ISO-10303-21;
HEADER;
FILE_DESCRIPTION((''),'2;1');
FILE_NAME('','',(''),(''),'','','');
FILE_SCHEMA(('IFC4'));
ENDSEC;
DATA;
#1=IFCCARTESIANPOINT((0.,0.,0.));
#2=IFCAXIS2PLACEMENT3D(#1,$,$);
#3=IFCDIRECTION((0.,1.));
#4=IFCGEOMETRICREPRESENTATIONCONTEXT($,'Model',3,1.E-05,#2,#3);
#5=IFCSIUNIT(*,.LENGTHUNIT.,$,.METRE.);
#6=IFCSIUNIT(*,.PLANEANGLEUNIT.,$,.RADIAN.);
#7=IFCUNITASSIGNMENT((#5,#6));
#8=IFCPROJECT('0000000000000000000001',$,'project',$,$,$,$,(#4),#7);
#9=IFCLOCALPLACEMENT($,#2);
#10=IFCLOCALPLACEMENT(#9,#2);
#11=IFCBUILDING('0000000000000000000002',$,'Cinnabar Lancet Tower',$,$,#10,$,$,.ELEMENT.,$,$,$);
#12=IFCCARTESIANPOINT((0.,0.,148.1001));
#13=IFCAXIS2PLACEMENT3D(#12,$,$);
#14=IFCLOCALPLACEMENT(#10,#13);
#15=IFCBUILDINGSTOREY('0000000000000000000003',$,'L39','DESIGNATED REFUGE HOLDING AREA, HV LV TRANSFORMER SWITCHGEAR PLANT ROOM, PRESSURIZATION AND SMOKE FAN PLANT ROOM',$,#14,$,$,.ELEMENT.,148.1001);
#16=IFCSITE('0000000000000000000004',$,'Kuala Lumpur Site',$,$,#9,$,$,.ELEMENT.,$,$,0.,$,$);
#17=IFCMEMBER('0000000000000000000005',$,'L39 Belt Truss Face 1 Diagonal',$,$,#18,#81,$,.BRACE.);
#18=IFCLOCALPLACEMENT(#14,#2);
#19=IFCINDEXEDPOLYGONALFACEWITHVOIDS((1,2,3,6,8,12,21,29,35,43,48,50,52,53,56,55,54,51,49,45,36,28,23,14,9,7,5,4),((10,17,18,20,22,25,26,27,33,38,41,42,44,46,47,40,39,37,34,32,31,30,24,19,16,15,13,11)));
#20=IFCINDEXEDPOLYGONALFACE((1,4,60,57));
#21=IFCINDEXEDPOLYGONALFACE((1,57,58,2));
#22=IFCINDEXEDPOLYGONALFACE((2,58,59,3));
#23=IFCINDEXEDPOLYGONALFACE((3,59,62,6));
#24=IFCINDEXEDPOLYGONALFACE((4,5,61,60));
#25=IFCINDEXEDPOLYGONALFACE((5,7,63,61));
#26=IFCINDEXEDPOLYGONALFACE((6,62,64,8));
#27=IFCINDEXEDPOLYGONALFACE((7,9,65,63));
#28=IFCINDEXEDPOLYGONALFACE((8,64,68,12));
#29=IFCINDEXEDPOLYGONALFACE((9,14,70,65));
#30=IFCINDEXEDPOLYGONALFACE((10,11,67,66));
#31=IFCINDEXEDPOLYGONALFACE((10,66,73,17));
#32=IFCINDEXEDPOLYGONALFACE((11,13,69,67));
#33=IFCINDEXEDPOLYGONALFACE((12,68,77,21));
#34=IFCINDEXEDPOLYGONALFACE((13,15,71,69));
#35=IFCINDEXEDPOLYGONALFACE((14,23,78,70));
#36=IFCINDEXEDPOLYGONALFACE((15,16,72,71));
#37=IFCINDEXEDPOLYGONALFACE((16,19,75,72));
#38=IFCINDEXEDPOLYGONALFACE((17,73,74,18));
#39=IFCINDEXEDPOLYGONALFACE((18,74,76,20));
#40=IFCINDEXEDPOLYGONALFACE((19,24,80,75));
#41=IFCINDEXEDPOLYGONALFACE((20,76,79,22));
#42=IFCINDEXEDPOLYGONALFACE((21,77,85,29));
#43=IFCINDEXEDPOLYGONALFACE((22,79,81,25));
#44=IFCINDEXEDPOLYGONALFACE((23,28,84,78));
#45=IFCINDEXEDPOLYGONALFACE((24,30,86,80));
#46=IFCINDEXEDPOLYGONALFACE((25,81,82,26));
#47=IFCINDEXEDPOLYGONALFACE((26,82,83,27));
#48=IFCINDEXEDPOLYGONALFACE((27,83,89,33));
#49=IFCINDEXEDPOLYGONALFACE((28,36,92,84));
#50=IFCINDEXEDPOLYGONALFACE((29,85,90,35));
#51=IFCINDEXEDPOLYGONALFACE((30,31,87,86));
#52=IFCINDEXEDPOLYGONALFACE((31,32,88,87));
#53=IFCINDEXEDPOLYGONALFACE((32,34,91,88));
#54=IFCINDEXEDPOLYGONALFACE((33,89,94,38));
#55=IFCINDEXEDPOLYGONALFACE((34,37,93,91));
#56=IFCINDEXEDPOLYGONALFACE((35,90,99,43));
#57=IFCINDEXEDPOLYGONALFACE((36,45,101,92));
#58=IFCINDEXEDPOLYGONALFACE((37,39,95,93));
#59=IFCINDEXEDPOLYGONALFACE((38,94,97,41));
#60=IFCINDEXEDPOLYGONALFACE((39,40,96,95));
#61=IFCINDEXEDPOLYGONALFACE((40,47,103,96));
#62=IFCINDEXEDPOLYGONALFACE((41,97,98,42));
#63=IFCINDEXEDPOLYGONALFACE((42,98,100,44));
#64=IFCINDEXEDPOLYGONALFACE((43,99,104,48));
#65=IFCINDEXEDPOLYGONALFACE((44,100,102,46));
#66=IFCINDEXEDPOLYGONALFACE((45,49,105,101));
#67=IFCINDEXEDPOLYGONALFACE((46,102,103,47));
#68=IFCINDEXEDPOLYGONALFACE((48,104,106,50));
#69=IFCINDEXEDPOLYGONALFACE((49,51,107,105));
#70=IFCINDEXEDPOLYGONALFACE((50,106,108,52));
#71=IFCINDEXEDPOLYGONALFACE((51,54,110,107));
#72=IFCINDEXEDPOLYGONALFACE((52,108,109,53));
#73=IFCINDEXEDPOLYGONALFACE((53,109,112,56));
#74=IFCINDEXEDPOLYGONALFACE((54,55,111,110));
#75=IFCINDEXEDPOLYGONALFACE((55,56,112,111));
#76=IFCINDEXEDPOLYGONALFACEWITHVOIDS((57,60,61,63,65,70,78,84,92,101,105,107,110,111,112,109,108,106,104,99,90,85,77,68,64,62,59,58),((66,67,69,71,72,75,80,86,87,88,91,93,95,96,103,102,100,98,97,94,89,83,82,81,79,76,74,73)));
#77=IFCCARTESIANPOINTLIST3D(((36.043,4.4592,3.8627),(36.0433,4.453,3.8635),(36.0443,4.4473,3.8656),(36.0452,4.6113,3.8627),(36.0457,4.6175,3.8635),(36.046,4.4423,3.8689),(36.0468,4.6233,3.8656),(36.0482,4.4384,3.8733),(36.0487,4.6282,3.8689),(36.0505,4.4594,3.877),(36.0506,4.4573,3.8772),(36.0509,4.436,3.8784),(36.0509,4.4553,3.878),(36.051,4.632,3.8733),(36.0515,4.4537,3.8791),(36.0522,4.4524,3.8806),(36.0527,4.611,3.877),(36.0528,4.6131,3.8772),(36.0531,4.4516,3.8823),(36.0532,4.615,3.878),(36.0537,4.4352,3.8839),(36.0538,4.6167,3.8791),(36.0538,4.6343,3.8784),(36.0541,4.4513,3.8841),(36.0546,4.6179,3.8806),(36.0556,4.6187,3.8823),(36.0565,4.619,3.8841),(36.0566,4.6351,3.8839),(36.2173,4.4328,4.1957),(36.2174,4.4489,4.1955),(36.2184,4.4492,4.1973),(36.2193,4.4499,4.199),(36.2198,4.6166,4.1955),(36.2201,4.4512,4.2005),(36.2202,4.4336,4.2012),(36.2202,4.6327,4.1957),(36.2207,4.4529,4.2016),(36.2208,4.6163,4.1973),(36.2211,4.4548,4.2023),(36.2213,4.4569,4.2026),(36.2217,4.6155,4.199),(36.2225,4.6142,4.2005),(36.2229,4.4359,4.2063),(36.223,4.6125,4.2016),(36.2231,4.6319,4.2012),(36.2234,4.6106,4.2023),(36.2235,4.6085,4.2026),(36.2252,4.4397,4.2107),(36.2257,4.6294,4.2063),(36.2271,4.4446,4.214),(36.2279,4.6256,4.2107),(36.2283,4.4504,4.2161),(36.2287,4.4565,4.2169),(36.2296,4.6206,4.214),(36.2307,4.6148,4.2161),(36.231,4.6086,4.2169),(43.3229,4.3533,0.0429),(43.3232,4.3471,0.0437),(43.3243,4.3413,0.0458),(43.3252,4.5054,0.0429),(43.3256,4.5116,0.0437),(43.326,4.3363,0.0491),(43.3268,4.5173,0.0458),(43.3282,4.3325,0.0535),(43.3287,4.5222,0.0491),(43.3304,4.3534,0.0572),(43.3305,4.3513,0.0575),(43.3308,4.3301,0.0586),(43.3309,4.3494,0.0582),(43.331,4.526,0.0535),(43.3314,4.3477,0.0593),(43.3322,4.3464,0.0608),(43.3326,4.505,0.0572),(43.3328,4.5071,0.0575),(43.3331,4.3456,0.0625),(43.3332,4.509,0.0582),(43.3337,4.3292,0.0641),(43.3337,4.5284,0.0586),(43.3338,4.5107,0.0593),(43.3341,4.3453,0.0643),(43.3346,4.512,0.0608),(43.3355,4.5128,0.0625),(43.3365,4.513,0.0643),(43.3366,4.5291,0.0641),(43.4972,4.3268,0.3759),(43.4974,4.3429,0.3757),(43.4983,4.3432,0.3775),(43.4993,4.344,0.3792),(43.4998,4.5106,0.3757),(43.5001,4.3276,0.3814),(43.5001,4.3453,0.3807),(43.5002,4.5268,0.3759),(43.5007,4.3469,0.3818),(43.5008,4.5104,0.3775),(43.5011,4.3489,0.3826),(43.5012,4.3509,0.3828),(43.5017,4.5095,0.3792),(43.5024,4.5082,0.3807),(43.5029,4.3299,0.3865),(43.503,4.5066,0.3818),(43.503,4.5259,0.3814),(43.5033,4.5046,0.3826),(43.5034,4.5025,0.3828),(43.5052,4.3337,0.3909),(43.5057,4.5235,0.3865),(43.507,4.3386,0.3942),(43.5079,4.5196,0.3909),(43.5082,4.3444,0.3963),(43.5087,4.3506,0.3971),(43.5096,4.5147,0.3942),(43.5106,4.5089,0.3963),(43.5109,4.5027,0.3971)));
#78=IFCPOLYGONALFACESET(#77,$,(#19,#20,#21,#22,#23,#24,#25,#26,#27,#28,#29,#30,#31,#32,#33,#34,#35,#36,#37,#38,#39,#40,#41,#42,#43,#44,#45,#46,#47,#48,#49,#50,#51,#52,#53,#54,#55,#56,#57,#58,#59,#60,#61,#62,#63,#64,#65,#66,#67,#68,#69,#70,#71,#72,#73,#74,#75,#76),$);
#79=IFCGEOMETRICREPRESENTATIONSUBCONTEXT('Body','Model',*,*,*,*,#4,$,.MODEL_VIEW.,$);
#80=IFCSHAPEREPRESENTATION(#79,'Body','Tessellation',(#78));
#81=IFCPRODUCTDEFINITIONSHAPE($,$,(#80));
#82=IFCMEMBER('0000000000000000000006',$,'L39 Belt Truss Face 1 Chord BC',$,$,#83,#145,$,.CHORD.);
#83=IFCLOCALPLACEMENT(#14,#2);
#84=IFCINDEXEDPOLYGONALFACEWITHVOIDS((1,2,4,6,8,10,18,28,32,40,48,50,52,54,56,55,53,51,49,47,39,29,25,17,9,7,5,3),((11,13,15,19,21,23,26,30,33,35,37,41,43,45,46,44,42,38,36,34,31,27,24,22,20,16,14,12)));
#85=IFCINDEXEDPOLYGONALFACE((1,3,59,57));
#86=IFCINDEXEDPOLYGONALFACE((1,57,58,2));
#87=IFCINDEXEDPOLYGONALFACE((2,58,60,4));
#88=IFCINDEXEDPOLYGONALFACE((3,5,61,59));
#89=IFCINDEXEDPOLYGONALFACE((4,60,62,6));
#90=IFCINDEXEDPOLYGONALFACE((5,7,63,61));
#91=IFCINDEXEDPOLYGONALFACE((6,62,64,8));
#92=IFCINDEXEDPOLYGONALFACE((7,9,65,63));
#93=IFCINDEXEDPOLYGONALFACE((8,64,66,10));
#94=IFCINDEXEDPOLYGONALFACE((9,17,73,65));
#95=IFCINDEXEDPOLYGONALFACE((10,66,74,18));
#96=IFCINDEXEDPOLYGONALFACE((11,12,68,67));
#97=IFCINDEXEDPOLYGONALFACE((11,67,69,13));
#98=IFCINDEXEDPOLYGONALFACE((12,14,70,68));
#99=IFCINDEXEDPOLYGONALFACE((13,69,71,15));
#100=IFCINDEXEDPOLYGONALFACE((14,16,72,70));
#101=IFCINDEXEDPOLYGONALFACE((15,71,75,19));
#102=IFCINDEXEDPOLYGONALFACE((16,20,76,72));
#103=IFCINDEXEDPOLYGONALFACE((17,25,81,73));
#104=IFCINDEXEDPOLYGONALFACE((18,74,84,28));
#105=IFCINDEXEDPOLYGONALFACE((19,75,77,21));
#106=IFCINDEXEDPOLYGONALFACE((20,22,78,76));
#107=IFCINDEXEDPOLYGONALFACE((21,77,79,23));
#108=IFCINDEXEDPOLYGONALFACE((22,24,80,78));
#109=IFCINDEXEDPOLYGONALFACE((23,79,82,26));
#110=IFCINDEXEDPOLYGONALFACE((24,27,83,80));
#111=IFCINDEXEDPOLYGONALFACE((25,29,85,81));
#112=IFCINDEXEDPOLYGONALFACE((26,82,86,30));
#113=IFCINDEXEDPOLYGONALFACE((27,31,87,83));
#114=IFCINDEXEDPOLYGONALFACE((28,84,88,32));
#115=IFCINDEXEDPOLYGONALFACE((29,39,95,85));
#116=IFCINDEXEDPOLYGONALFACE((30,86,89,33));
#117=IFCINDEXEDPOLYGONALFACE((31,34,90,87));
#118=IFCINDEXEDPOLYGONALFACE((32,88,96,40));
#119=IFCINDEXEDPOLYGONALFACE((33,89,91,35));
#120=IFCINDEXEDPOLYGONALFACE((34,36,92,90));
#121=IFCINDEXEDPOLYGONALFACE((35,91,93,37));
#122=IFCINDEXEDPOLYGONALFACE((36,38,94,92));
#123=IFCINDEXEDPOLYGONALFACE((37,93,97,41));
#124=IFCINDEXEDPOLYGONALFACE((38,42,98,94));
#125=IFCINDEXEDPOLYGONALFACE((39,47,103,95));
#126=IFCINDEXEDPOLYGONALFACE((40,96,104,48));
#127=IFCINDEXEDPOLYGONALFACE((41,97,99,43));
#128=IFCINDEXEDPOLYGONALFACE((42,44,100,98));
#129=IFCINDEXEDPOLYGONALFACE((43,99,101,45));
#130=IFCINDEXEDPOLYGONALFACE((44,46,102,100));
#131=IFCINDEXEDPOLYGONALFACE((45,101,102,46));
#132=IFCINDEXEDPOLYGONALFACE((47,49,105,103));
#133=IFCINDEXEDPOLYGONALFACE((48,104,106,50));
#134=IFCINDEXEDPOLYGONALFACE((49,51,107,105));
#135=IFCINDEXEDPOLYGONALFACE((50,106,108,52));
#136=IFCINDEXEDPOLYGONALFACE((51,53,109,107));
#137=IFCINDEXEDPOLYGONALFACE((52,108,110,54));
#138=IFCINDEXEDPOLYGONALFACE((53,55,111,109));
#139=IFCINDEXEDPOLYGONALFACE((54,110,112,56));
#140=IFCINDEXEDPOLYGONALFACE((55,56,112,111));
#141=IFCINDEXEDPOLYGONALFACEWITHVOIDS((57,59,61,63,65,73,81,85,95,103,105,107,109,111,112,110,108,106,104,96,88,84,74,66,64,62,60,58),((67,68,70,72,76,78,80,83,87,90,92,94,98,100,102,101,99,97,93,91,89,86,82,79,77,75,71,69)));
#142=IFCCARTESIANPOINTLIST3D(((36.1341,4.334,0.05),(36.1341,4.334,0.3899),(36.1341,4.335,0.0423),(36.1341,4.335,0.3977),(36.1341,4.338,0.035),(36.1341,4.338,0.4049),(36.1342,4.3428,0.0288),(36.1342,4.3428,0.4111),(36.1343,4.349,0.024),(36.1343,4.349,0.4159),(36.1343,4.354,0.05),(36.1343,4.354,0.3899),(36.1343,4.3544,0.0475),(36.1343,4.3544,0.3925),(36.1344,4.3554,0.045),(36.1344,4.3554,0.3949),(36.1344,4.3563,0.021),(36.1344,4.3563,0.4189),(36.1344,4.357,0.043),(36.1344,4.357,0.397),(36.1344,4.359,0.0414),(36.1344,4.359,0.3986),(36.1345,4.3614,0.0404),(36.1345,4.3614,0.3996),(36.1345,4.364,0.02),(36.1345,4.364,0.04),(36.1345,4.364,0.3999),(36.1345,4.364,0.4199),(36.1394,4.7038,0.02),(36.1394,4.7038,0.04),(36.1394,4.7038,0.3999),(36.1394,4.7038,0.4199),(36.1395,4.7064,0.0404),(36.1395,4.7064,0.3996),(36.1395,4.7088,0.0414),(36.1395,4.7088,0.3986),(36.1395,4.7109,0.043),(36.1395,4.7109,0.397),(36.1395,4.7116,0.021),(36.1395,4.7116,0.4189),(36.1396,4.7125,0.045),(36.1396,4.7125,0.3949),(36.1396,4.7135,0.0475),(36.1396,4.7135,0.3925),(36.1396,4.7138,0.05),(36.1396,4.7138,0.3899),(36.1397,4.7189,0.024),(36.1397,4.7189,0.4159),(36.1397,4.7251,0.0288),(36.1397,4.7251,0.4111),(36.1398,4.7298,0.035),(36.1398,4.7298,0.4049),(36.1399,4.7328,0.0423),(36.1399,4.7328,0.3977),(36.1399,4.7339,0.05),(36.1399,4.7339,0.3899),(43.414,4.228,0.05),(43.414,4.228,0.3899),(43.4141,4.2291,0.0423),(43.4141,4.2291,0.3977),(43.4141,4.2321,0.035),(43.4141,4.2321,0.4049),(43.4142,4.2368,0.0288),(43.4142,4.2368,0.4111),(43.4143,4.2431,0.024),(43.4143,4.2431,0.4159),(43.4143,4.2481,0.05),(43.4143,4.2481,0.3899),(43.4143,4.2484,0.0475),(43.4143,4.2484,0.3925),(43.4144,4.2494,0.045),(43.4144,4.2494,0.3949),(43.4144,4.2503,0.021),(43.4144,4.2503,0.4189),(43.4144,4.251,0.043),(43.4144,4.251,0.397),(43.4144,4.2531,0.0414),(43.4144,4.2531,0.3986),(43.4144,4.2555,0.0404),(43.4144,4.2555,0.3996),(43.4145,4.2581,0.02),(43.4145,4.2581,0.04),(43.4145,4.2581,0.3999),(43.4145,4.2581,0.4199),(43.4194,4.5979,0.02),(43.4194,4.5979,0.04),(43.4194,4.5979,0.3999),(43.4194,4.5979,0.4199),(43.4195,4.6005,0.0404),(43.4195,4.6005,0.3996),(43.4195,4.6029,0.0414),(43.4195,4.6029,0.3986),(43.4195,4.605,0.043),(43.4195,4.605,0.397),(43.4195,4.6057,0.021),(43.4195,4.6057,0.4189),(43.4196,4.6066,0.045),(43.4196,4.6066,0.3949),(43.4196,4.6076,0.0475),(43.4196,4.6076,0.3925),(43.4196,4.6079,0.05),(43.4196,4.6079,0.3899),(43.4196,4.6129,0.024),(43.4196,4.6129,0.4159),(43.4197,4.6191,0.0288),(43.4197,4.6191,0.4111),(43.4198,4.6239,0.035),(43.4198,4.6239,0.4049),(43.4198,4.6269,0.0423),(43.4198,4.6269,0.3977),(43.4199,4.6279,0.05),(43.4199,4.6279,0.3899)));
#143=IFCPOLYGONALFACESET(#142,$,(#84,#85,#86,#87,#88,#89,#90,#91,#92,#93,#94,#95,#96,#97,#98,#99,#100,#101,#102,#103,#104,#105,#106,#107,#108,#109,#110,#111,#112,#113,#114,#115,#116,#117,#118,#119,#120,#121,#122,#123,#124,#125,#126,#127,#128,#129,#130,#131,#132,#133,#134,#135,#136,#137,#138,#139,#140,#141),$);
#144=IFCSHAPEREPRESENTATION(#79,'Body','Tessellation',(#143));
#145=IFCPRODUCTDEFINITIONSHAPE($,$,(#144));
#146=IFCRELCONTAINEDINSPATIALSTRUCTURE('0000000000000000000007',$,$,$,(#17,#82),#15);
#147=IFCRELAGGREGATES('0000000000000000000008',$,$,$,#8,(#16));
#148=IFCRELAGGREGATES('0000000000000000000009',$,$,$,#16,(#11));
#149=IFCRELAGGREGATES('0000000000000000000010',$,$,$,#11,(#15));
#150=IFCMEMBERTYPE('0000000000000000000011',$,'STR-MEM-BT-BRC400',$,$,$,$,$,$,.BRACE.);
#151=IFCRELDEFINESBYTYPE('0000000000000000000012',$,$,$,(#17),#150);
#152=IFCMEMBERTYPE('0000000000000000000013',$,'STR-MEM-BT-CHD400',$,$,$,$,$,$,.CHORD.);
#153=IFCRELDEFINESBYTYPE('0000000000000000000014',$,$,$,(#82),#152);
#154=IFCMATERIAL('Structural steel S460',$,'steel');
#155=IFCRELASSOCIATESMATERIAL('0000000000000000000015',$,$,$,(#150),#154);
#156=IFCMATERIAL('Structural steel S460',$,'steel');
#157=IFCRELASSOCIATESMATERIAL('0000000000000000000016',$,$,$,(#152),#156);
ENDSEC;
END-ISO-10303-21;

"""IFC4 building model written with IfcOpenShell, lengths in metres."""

from ifc_helpers import new_model, si_unit, direction, frame, origin, origin_2d, place, context, subcontext, project, spatial, hollow_rectangle, extrude, material, material_profile, profile_set, type_object, element, save


model = new_model("IFC4")

# Units and contexts
model_context = context("Model", 3, precision=1e-05, world=origin(), true_north=direction((0.0, 1.0)))
body_context = subcontext(model_context, "Body", "Model", "MODEL_VIEW")
ifc_project = project(units=[si_unit("LENGTHUNIT", "METRE"), si_unit("PLANEANGLEUNIT", "RADIAN")], contexts=[model_context])

# Site, building, storey
site_placement = place(None, origin())
site = spatial("IfcSite", under=ifc_project, at=site_placement, Name="Kuala Lumpur Site", CompositionType="ELEMENT", RefElevation=0.0)
building_placement = place(site_placement, origin())
building = spatial("IfcBuilding", under=site, at=building_placement, Name="Cinnabar Lancet Tower", CompositionType="ELEMENT")
storey_placement = place(building_placement, frame((0.0, 0.0, 148.1001)))
storey = spatial("IfcBuildingStorey", under=building, at=storey_placement, Name="L39", Description="DESIGNATED REFUGE HOLDING AREA, HV LV TRANSFORMER SWITCHGEAR PLANT ROOM, PRESSURIZATION AND SMOKE FAN PLANT ROOM", CompositionType="ELEMENT", Elevation=148.1001)

# Members
ifc_material_1 = material(Name="Structural steel S460", Category="steel")
ifc_material_profile_1 = material_profile(ifc_material_1, hollow_rectangle(XDim=0.2, YDim=0.3999, WallThickness=0.0161, InnerFilletRadius=0.0081, OuterFilletRadius=0.0239, at=origin_2d()), Name="RHS 400x200x16")
ifc_profile_set_1 = profile_set([ifc_material_profile_1], Name="Structural steel S460")
member_type_1 = type_object("IfcMemberType", Name="STR-MEM-BT-BRC400", PredefinedType="BRACE", material=ifc_profile_set_1)
member_1_placement = place(storey_placement, frame((36.137, 4.5339, 4.0398), z_axis=(0.885434, -0.012887, -0.464586), x_axis=(0.014553, 0.999894, 0.0)))
element("IfcMember", 1, at=member_1_placement, inside=storey, type_object=member_type_1, Name="L39 Belt Truss Face 1 Diagonal", PredefinedType="BRACE", context=body_context, shape_type="SweptSolid", body=[
    extrude(hollow_rectangle(XDim=0.2, YDim=0.3999, WallThickness=0.0161, InnerFilletRadius=0.0081, OuterFilletRadius=0.0239, at=origin_2d()), origin(), (0.0, 0.0, 1.0), 8.2219),
])
ifc_material_2 = material(Name="Structural steel S460", Category="steel")
ifc_material_profile_2 = material_profile(ifc_material_2, hollow_rectangle(XDim=0.3999, YDim=0.3999, WallThickness=0.02, InnerFilletRadius=0.01, OuterFilletRadius=0.03, at=origin_2d()), Name="SHS 400x400x20")
ifc_profile_set_2 = profile_set([ifc_material_profile_2], Name="Structural steel S460")
member_type_2 = type_object("IfcMemberType", Name="STR-MEM-BT-CHD400", PredefinedType="CHORD", material=ifc_profile_set_2)
for number, where, z_axis, x_axis, name in (
    (2, (36.137, 4.5339, 0.22), (0.999894, -0.014553, 0.0), (0.014553, 0.999894, 0.0), "L39 Belt Truss Face 1 Chord BC"),
):
    element("IfcMember", number, at=place(storey_placement, frame(where, z_axis=z_axis, x_axis=x_axis)), inside=storey, type_object=member_type_2, Name=name, PredefinedType="CHORD", context=body_context, shape_type="SweptSolid", body=[
        extrude(hollow_rectangle(XDim=0.3999, YDim=0.3999, WallThickness=0.02, InnerFilletRadius=0.01, OuterFilletRadius=0.03, at=origin_2d()), origin(), (0.0, 0.0, 1.0), 7.2808),
    ])

save(model, "model.ifc")
